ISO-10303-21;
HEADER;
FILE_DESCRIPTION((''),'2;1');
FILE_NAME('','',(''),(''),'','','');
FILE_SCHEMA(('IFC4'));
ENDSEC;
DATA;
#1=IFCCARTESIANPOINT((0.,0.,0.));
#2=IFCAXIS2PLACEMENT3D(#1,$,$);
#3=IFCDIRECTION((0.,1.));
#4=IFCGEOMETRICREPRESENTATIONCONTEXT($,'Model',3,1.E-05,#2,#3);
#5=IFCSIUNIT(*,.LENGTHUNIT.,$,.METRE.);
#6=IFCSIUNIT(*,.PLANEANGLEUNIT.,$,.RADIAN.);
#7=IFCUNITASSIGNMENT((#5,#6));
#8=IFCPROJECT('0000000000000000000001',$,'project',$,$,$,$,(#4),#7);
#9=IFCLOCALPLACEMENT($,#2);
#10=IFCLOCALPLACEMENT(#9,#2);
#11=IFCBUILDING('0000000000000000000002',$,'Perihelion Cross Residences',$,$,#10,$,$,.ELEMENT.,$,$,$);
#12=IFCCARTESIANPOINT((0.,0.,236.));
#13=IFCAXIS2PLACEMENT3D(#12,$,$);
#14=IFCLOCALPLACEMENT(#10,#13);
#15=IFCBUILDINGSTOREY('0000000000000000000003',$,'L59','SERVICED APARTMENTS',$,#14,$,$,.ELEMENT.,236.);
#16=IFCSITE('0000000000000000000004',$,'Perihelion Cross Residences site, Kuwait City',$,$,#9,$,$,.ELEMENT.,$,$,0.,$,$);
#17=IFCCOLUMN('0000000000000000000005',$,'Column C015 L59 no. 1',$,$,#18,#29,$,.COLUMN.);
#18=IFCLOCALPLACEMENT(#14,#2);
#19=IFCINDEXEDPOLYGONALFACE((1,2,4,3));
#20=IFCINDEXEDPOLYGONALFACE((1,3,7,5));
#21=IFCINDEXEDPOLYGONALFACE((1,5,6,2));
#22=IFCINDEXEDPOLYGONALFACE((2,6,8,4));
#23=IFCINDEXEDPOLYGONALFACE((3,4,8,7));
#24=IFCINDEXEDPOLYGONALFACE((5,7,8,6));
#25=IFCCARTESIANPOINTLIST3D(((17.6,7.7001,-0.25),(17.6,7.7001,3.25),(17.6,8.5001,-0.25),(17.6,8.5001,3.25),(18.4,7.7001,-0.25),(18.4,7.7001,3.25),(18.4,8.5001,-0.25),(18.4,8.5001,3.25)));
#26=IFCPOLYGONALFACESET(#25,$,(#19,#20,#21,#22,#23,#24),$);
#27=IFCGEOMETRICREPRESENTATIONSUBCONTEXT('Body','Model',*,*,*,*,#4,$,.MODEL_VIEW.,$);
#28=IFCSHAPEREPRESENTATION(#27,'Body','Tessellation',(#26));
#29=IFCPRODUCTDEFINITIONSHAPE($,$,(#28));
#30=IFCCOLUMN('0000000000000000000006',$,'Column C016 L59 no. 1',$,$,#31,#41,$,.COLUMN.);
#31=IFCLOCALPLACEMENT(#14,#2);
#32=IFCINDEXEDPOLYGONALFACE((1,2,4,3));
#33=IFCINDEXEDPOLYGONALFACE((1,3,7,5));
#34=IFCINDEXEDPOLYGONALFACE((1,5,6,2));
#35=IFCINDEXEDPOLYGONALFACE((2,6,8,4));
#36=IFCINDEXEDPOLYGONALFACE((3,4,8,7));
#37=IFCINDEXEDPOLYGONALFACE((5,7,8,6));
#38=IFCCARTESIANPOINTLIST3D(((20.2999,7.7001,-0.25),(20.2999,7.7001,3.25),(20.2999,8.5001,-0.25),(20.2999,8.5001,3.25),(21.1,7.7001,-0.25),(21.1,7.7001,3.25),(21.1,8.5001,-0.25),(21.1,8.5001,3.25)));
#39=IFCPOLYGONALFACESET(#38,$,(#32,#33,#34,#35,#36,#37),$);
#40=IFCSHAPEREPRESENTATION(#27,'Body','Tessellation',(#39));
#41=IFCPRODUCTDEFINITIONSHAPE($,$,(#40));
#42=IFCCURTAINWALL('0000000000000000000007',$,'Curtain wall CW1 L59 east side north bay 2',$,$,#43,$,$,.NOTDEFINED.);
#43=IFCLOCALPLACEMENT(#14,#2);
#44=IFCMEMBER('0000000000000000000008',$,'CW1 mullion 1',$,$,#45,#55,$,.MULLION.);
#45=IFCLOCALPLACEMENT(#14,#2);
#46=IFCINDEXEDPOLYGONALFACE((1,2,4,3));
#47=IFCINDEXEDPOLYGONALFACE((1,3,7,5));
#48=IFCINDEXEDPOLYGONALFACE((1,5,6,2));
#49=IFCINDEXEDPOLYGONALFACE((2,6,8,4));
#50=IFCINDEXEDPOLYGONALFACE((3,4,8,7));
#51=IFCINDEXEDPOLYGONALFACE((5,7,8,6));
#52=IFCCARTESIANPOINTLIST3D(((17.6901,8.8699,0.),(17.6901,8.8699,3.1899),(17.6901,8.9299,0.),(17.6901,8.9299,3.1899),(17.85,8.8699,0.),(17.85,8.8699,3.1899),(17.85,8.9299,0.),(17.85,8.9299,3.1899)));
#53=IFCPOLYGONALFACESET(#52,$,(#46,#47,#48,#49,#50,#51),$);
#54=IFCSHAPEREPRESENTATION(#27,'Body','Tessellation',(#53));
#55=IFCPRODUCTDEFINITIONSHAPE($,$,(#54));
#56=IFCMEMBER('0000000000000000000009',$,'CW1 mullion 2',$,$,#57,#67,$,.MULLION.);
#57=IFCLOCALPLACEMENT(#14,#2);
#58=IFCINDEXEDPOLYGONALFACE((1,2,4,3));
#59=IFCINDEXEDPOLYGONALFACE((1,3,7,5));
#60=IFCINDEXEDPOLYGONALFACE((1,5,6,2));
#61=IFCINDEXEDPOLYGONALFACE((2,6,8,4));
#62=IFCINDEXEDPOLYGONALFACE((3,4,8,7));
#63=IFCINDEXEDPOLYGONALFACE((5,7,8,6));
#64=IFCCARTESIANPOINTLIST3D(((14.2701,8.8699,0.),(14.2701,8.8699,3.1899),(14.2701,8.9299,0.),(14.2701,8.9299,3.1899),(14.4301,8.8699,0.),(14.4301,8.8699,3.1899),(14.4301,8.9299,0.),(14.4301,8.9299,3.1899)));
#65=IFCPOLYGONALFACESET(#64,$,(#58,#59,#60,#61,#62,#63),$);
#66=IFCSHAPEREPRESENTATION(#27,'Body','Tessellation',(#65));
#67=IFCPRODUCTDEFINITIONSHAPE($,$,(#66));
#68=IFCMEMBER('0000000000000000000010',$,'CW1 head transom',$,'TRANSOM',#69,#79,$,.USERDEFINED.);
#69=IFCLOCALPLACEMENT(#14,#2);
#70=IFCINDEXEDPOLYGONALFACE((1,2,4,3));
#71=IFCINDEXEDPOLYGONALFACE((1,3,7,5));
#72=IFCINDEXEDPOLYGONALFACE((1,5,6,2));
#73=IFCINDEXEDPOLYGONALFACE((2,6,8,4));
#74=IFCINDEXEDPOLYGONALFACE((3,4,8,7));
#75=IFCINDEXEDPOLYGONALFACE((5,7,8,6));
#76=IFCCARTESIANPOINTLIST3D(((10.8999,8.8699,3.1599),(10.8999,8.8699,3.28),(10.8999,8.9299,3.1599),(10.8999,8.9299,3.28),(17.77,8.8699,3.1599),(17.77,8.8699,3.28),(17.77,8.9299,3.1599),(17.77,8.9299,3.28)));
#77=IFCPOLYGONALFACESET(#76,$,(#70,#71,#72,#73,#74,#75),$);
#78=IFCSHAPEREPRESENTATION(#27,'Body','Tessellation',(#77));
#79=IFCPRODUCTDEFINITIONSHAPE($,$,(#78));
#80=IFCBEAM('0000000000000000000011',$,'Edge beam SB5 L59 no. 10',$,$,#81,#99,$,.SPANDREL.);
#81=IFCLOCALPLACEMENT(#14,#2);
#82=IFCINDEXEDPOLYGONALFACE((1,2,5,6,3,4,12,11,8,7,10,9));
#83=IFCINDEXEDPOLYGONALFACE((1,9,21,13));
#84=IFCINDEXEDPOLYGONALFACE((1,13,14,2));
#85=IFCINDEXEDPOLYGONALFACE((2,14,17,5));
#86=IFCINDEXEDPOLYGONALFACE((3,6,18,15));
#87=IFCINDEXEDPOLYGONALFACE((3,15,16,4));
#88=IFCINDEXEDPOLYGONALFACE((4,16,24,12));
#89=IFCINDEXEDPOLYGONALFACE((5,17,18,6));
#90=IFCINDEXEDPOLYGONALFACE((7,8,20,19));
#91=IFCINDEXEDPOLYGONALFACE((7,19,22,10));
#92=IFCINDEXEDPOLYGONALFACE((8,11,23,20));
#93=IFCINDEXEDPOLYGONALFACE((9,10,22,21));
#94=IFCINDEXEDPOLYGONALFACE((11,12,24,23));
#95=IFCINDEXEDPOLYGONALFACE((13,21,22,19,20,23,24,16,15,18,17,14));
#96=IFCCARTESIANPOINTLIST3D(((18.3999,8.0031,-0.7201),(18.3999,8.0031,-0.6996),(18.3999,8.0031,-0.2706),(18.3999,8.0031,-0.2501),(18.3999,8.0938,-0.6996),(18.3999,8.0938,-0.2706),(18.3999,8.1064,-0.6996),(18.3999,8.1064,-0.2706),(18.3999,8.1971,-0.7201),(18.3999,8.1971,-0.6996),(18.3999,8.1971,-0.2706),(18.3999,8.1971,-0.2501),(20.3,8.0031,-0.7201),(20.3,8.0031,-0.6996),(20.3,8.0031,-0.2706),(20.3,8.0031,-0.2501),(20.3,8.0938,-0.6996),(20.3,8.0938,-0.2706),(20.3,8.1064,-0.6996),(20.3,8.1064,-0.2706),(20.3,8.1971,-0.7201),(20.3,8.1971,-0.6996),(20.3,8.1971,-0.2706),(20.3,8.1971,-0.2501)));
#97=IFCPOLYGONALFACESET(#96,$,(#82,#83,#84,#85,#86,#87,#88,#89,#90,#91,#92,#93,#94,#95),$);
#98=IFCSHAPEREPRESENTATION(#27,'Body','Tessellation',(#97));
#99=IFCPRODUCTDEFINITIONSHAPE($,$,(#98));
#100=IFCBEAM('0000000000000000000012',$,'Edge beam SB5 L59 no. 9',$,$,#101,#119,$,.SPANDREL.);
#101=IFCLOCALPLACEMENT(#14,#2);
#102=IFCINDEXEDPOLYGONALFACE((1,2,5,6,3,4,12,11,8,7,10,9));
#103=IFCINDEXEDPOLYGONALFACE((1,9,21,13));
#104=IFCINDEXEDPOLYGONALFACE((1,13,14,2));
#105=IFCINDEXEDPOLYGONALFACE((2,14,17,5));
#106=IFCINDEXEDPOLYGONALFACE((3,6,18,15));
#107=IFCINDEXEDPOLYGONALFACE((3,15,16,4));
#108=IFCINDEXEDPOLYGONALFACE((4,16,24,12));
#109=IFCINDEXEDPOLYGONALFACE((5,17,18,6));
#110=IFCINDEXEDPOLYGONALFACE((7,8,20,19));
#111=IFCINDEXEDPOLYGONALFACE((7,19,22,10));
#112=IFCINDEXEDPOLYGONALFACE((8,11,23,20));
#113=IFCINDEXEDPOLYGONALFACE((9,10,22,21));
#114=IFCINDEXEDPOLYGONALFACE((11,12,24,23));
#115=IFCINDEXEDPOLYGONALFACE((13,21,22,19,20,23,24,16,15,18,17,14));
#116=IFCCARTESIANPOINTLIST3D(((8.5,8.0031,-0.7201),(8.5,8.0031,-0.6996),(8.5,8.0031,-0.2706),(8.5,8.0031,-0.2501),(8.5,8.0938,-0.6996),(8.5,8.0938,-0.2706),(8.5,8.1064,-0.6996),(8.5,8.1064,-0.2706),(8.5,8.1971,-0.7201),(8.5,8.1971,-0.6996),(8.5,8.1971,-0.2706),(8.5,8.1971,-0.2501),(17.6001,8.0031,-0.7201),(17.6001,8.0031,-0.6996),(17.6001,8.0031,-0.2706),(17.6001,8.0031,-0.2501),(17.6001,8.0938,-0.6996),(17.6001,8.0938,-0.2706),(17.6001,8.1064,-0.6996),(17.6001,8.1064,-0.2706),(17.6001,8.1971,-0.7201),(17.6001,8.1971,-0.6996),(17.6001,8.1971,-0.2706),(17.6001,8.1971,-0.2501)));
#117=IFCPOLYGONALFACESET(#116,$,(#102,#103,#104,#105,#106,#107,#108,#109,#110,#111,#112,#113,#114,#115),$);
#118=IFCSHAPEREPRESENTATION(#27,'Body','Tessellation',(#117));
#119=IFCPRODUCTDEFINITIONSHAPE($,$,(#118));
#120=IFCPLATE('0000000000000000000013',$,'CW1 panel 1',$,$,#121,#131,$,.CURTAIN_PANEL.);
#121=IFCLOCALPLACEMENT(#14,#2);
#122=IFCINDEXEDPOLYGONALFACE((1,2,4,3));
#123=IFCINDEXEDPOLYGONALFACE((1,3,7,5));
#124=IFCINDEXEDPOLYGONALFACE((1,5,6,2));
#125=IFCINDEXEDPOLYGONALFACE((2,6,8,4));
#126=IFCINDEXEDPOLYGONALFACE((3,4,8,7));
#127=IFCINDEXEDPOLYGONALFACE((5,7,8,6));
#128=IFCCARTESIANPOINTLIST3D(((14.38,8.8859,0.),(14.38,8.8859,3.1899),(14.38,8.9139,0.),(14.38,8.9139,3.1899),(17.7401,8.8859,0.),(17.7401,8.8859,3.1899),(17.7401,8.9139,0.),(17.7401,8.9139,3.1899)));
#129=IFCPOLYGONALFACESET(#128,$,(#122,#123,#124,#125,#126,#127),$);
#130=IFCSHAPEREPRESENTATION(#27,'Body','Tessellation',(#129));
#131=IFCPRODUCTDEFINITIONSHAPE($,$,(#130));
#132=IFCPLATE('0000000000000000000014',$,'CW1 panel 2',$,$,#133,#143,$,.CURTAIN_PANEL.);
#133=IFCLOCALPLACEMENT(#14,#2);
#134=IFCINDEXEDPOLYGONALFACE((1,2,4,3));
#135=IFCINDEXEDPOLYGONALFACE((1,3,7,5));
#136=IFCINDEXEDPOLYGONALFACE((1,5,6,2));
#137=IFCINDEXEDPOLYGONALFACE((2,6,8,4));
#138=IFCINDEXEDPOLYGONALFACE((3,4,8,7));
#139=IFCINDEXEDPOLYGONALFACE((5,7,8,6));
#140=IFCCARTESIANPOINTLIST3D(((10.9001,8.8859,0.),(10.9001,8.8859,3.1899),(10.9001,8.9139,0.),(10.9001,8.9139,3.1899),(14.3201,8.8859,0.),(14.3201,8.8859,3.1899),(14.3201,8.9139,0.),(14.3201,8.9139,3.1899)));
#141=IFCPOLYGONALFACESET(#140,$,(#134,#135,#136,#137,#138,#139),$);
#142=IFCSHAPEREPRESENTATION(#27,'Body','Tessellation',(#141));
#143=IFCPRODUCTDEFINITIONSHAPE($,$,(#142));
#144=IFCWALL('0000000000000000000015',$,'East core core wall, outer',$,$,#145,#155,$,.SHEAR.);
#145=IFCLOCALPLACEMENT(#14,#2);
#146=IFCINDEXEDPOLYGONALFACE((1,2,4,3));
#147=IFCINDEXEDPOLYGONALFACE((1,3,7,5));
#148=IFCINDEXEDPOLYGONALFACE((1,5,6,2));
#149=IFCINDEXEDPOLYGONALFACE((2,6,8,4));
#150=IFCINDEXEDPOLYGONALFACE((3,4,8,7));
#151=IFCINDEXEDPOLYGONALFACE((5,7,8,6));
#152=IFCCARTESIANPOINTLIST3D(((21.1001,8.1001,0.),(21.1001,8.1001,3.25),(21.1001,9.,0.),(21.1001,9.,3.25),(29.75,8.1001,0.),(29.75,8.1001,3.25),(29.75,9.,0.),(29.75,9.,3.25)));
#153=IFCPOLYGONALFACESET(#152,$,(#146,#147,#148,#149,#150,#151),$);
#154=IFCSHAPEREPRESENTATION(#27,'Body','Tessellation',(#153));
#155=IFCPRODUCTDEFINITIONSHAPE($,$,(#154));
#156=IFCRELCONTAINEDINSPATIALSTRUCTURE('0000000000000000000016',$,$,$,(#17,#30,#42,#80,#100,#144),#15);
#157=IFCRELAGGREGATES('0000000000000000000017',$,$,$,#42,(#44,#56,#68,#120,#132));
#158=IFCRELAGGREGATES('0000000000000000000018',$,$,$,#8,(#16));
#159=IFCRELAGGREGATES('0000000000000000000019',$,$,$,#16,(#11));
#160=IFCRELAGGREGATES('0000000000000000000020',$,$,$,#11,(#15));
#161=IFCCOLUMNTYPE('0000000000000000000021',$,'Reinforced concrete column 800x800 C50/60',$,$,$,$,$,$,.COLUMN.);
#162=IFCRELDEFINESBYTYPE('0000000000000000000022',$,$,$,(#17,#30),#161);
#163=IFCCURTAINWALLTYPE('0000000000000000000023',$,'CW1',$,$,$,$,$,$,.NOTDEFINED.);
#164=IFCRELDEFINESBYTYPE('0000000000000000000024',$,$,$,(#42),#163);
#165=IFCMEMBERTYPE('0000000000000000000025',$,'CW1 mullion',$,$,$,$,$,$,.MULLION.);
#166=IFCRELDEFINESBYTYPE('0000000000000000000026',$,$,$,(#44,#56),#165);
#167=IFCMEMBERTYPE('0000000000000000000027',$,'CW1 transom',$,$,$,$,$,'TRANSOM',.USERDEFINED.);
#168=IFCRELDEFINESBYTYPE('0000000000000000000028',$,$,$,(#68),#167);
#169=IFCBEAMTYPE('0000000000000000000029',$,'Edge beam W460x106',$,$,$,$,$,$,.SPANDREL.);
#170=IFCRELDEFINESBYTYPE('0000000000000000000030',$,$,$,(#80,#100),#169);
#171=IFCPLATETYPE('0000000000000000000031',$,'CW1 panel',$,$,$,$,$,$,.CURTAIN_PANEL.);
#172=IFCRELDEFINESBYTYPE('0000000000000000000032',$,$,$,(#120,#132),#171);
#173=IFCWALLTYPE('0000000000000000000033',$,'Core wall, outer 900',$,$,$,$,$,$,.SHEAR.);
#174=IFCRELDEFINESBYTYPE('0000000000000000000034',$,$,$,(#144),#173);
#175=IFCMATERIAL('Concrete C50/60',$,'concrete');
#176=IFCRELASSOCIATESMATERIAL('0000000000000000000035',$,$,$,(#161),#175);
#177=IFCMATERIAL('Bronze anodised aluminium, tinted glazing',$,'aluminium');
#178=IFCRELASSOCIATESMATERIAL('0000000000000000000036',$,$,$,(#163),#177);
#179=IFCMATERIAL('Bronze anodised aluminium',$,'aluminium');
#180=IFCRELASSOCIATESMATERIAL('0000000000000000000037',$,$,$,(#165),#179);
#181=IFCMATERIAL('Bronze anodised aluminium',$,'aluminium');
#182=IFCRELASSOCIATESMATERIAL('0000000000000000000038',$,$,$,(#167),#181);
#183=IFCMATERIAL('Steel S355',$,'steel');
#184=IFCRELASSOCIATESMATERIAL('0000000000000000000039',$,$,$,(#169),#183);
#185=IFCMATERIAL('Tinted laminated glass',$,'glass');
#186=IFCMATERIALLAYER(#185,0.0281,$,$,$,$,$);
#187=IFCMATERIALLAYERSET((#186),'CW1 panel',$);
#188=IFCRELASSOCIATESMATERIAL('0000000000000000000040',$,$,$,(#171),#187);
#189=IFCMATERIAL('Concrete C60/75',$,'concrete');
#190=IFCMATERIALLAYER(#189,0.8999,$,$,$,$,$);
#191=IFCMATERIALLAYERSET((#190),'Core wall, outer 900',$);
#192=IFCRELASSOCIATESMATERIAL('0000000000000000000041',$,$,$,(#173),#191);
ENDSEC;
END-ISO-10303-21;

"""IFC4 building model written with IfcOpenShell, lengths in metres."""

from ifc_helpers import new_model, si_unit, direction, frame, frame_2d, origin, origin_2d, place, context, subcontext, project, spatial, rectangle, i_section, extrude, material, layer, layer_set, material_profile, profile_set, type_object, element, aggregate, save


model = new_model("IFC4")

# Units and contexts
model_context = context("Model", 3, precision=1e-05, world=origin(), true_north=direction((0.0, 1.0)))
body_context = subcontext(model_context, "Body", "Model", "MODEL_VIEW")
ifc_project = project(units=[si_unit("LENGTHUNIT", "METRE"), si_unit("PLANEANGLEUNIT", "RADIAN")], contexts=[model_context])

# Site, building, storey
site_placement = place(None, origin())
site = spatial("IfcSite", under=ifc_project, at=site_placement, Name="Perihelion Cross Residences site, Kuwait City", CompositionType="ELEMENT", RefElevation=0.0)
building_placement = place(site_placement, origin())
building = spatial("IfcBuilding", under=site, at=building_placement, Name="Perihelion Cross Residences", CompositionType="ELEMENT")
storey_placement = place(building_placement, frame((0.0, 0.0, 236.0)))
storey = spatial("IfcBuildingStorey", under=building, at=storey_placement, Name="L59", Description="SERVICED APARTMENTS", CompositionType="ELEMENT", Elevation=236.0)

# Columns
ifc_material_1 = material(Name="Concrete C50/60", Category="concrete")
ifc_material_profile_1 = material_profile(ifc_material_1, rectangle(XDim=0.8, YDim=0.8, at=origin_2d()), Name="RC 800x800")
ifc_profile_set_1 = profile_set([ifc_material_profile_1], Name="Concrete C50/60")
column_type = type_object("IfcColumnType", Name="Reinforced concrete column 800x800 C50/60", PredefinedType="COLUMN", material=ifc_profile_set_1)
for number, where, z_axis, x_axis, name in (
    (1, (18.0, 8.1001, -0.25), (0.0, 0.0, 1.0), (1.0, 0.0, 0.0), "Column C015 L59 no. 1"),
    (2, (20.7, 8.1001, -0.25), (0.0, 0.0, 1.0), (1.0, 0.0, 0.0), "Column C016 L59 no. 1"),
):
    element("IfcColumn", number, at=place(storey_placement, frame(where, z_axis=z_axis, x_axis=x_axis)), inside=storey, type_object=column_type, Name=name, PredefinedType="COLUMN", context=body_context, shape_type="SweptSolid", body=[
        extrude(rectangle(XDim=0.8, YDim=0.8, at=origin_2d()), origin(), (0.0, 0.0, 1.0), 3.5),
    ])

# Curtain wall, members
ifc_material_2 = material(Name="Bronze anodised aluminium, tinted glazing", Category="aluminium")
curtain_wall_type = type_object("IfcCurtainWallType", Name="CW1", PredefinedType="NOTDEFINED", material=ifc_material_2)
curtain_wall_placement = place(storey_placement, origin())
curtain_wall = element("IfcCurtainWall", 3, at=curtain_wall_placement, inside=storey, type_object=curtain_wall_type, Name="Curtain wall CW1 L59 east side north bay 2", PredefinedType="NOTDEFINED")
ifc_material_3 = material(Name="Bronze anodised aluminium", Category="aluminium")
ifc_material_profile_2 = material_profile(ifc_material_3, rectangle(XDim=0.0601, YDim=0.1599, at=origin_2d()), Name="CW1 mullion")
ifc_profile_set_2 = profile_set([ifc_material_profile_2], Name="Bronze anodised aluminium")
member_type_1 = type_object("IfcMemberType", Name="CW1 mullion", PredefinedType="MULLION", material=ifc_profile_set_2)
member_1_placement = place(storey_placement, frame((17.77, 8.8999, 0.0), z_axis=(0.0, 0.0, 1.0), x_axis=(0.0, -1.0, 0.0)))
member_1 = element("IfcMember", 4, at=member_1_placement, type_object=member_type_1, Name="CW1 mullion 1", PredefinedType="MULLION", context=body_context, shape_type="SweptSolid", body=[
    extrude(rectangle(XDim=0.0601, YDim=0.1599, at=origin_2d()), origin(), (0.0, 0.0, 1.0), 3.1899),
])
member_2_placement = place(storey_placement, frame((14.3501, 8.8999, 0.0), z_axis=(0.0, 0.0, 1.0), x_axis=(0.0, -1.0, 0.0)))
member_2 = element("IfcMember", 5, at=member_2_placement, type_object=member_type_1, Name="CW1 mullion 2", PredefinedType="MULLION", context=body_context, shape_type="SweptSolid", body=[
    extrude(rectangle(XDim=0.0601, YDim=0.1599, at=origin_2d()), origin(), (0.0, 0.0, 1.0), 3.1899),
])
ifc_material_4 = material(Name="Bronze anodised aluminium", Category="aluminium")
ifc_material_profile_3 = material_profile(ifc_material_4, rectangle(XDim=0.0601, YDim=0.1201, at=origin_2d()), Name="CW1 transom")
ifc_profile_set_3 = profile_set([ifc_material_profile_3], Name="Bronze anodised aluminium")
member_type_2 = type_object("IfcMemberType", Name="CW1 transom", ElementType="TRANSOM", PredefinedType="USERDEFINED", material=ifc_profile_set_3)
member_3_placement = place(storey_placement, frame((17.77, 8.8999, 3.22), z_axis=(-1.0, 0.0, 0.0), x_axis=(0.0, -1.0, 0.0)))
member_3 = element("IfcMember", 6, at=member_3_placement, type_object=member_type_2, Name="CW1 head transom", ObjectType="TRANSOM", PredefinedType="USERDEFINED", context=body_context, shape_type="SweptSolid", body=[
    extrude(rectangle(XDim=0.0601, YDim=0.1201, at=origin_2d()), origin(), (0.0, 0.0, 1.0), 6.8701),
])

# Beams
ifc_material_5 = material(Name="Steel S355", Category="steel")
ifc_material_profile_4 = material_profile(ifc_material_5, i_section(OverallWidth=0.1941, OverallDepth=0.47, WebThickness=0.0127, FlangeThickness=0.0205, at=origin_2d()), Name="W460x106")
ifc_profile_set_4 = profile_set([ifc_material_profile_4], Name="Steel S355")
beam_type = type_object("IfcBeamType", Name="Edge beam W460x106", PredefinedType="SPANDREL", material=ifc_profile_set_4)
beam_1_placement = place(storey_placement, frame((20.3, 8.1001, -0.4851), z_axis=(-1.0, 0.0, 0.0), x_axis=(0.0, -1.0, 0.0)))
element("IfcBeam", 7, at=beam_1_placement, inside=storey, type_object=beam_type, Name="Edge beam SB5 L59 no. 10", PredefinedType="SPANDREL", context=body_context, shape_type="SweptSolid", body=[
    extrude(i_section(OverallWidth=0.1941, OverallDepth=0.47, WebThickness=0.0127, FlangeThickness=0.0205, at=origin_2d()), origin(), (0.0, 0.0, 1.0), 1.9001),
])
beam_2_placement = place(storey_placement, frame((17.6001, 8.1001, -0.4851), z_axis=(-1.0, 0.0, 0.0), x_axis=(0.0, -1.0, 0.0)))
element("IfcBeam", 8, at=beam_2_placement, inside=storey, type_object=beam_type, Name="Edge beam SB5 L59 no. 9", PredefinedType="SPANDREL", context=body_context, shape_type="SweptSolid", body=[
    extrude(i_section(OverallWidth=0.1941, OverallDepth=0.47, WebThickness=0.0127, FlangeThickness=0.0205, at=origin_2d()), origin(), (0.0, 0.0, 1.0), 9.1001),
])

# Plates
ifc_material_6 = material(Name="Tinted laminated glass", Category="glass")
ifc_layer_1 = layer(ifc_material_6, 0.0281)
ifc_layer_set_1 = layer_set([ifc_layer_1], Name="CW1 panel")
plate_type = type_object("IfcPlateType", Name="CW1 panel", PredefinedType="CURTAIN_PANEL", material=ifc_layer_set_1)
plate_1_placement = place(storey_placement, frame((16.0601, 8.8999, 0.0), z_axis=(0.0, 0.0, 1.0), x_axis=(-1.0, 0.0, 0.0)))
plate_1 = element("IfcPlate", 9, at=plate_1_placement, type_object=plate_type, Name="CW1 panel 1", PredefinedType="CURTAIN_PANEL", context=body_context, shape_type="SweptSolid", body=[
    extrude(rectangle(XDim=3.3601, YDim=0.0281, at=origin_2d()), origin(), (0.0, 0.0, 1.0), 3.1899),
])
plate_2_placement = place(storey_placement, frame((12.6101, 8.8999, 0.0), z_axis=(0.0, 0.0, 1.0), x_axis=(-1.0, 0.0, 0.0)))
plate_2 = element("IfcPlate", 10, at=plate_2_placement, type_object=plate_type, Name="CW1 panel 2", PredefinedType="CURTAIN_PANEL", context=body_context, shape_type="SweptSolid", body=[
    extrude(rectangle(XDim=3.4199, YDim=0.0281, at=origin_2d()), origin(), (0.0, 0.0, 1.0), 3.1899),
])
aggregate(curtain_wall, [member_1, member_2, member_3, plate_1, plate_2])

# Wall
ifc_material_7 = material(Name="Concrete C60/75", Category="concrete")
ifc_layer_2 = layer(ifc_material_7, 0.8999)
ifc_layer_set_2 = layer_set([ifc_layer_2], Name="Core wall, outer 900")
wall_type_1 = type_object("IfcWallType", Name="Core wall, outer 900", PredefinedType="SHEAR", material=ifc_layer_set_2)
wall_1_placement = place(storey_placement, frame((21.1001, 8.55, 0.0), z_axis=(0.0, 0.0, 1.0), x_axis=(1.0, 0.0, 0.0)))
element("IfcWall", 11, at=wall_1_placement, inside=storey, type_object=wall_type_1, Name="East core core wall, outer", PredefinedType="SHEAR", context=body_context, shape_type="SweptSolid", body=[
    extrude(rectangle(XDim=8.6499, YDim=0.8999, at=frame_2d((4.325, 0.0))), origin(), (0.0, 0.0, 1.0), 3.25),
])

save(model, "model.ifc")
